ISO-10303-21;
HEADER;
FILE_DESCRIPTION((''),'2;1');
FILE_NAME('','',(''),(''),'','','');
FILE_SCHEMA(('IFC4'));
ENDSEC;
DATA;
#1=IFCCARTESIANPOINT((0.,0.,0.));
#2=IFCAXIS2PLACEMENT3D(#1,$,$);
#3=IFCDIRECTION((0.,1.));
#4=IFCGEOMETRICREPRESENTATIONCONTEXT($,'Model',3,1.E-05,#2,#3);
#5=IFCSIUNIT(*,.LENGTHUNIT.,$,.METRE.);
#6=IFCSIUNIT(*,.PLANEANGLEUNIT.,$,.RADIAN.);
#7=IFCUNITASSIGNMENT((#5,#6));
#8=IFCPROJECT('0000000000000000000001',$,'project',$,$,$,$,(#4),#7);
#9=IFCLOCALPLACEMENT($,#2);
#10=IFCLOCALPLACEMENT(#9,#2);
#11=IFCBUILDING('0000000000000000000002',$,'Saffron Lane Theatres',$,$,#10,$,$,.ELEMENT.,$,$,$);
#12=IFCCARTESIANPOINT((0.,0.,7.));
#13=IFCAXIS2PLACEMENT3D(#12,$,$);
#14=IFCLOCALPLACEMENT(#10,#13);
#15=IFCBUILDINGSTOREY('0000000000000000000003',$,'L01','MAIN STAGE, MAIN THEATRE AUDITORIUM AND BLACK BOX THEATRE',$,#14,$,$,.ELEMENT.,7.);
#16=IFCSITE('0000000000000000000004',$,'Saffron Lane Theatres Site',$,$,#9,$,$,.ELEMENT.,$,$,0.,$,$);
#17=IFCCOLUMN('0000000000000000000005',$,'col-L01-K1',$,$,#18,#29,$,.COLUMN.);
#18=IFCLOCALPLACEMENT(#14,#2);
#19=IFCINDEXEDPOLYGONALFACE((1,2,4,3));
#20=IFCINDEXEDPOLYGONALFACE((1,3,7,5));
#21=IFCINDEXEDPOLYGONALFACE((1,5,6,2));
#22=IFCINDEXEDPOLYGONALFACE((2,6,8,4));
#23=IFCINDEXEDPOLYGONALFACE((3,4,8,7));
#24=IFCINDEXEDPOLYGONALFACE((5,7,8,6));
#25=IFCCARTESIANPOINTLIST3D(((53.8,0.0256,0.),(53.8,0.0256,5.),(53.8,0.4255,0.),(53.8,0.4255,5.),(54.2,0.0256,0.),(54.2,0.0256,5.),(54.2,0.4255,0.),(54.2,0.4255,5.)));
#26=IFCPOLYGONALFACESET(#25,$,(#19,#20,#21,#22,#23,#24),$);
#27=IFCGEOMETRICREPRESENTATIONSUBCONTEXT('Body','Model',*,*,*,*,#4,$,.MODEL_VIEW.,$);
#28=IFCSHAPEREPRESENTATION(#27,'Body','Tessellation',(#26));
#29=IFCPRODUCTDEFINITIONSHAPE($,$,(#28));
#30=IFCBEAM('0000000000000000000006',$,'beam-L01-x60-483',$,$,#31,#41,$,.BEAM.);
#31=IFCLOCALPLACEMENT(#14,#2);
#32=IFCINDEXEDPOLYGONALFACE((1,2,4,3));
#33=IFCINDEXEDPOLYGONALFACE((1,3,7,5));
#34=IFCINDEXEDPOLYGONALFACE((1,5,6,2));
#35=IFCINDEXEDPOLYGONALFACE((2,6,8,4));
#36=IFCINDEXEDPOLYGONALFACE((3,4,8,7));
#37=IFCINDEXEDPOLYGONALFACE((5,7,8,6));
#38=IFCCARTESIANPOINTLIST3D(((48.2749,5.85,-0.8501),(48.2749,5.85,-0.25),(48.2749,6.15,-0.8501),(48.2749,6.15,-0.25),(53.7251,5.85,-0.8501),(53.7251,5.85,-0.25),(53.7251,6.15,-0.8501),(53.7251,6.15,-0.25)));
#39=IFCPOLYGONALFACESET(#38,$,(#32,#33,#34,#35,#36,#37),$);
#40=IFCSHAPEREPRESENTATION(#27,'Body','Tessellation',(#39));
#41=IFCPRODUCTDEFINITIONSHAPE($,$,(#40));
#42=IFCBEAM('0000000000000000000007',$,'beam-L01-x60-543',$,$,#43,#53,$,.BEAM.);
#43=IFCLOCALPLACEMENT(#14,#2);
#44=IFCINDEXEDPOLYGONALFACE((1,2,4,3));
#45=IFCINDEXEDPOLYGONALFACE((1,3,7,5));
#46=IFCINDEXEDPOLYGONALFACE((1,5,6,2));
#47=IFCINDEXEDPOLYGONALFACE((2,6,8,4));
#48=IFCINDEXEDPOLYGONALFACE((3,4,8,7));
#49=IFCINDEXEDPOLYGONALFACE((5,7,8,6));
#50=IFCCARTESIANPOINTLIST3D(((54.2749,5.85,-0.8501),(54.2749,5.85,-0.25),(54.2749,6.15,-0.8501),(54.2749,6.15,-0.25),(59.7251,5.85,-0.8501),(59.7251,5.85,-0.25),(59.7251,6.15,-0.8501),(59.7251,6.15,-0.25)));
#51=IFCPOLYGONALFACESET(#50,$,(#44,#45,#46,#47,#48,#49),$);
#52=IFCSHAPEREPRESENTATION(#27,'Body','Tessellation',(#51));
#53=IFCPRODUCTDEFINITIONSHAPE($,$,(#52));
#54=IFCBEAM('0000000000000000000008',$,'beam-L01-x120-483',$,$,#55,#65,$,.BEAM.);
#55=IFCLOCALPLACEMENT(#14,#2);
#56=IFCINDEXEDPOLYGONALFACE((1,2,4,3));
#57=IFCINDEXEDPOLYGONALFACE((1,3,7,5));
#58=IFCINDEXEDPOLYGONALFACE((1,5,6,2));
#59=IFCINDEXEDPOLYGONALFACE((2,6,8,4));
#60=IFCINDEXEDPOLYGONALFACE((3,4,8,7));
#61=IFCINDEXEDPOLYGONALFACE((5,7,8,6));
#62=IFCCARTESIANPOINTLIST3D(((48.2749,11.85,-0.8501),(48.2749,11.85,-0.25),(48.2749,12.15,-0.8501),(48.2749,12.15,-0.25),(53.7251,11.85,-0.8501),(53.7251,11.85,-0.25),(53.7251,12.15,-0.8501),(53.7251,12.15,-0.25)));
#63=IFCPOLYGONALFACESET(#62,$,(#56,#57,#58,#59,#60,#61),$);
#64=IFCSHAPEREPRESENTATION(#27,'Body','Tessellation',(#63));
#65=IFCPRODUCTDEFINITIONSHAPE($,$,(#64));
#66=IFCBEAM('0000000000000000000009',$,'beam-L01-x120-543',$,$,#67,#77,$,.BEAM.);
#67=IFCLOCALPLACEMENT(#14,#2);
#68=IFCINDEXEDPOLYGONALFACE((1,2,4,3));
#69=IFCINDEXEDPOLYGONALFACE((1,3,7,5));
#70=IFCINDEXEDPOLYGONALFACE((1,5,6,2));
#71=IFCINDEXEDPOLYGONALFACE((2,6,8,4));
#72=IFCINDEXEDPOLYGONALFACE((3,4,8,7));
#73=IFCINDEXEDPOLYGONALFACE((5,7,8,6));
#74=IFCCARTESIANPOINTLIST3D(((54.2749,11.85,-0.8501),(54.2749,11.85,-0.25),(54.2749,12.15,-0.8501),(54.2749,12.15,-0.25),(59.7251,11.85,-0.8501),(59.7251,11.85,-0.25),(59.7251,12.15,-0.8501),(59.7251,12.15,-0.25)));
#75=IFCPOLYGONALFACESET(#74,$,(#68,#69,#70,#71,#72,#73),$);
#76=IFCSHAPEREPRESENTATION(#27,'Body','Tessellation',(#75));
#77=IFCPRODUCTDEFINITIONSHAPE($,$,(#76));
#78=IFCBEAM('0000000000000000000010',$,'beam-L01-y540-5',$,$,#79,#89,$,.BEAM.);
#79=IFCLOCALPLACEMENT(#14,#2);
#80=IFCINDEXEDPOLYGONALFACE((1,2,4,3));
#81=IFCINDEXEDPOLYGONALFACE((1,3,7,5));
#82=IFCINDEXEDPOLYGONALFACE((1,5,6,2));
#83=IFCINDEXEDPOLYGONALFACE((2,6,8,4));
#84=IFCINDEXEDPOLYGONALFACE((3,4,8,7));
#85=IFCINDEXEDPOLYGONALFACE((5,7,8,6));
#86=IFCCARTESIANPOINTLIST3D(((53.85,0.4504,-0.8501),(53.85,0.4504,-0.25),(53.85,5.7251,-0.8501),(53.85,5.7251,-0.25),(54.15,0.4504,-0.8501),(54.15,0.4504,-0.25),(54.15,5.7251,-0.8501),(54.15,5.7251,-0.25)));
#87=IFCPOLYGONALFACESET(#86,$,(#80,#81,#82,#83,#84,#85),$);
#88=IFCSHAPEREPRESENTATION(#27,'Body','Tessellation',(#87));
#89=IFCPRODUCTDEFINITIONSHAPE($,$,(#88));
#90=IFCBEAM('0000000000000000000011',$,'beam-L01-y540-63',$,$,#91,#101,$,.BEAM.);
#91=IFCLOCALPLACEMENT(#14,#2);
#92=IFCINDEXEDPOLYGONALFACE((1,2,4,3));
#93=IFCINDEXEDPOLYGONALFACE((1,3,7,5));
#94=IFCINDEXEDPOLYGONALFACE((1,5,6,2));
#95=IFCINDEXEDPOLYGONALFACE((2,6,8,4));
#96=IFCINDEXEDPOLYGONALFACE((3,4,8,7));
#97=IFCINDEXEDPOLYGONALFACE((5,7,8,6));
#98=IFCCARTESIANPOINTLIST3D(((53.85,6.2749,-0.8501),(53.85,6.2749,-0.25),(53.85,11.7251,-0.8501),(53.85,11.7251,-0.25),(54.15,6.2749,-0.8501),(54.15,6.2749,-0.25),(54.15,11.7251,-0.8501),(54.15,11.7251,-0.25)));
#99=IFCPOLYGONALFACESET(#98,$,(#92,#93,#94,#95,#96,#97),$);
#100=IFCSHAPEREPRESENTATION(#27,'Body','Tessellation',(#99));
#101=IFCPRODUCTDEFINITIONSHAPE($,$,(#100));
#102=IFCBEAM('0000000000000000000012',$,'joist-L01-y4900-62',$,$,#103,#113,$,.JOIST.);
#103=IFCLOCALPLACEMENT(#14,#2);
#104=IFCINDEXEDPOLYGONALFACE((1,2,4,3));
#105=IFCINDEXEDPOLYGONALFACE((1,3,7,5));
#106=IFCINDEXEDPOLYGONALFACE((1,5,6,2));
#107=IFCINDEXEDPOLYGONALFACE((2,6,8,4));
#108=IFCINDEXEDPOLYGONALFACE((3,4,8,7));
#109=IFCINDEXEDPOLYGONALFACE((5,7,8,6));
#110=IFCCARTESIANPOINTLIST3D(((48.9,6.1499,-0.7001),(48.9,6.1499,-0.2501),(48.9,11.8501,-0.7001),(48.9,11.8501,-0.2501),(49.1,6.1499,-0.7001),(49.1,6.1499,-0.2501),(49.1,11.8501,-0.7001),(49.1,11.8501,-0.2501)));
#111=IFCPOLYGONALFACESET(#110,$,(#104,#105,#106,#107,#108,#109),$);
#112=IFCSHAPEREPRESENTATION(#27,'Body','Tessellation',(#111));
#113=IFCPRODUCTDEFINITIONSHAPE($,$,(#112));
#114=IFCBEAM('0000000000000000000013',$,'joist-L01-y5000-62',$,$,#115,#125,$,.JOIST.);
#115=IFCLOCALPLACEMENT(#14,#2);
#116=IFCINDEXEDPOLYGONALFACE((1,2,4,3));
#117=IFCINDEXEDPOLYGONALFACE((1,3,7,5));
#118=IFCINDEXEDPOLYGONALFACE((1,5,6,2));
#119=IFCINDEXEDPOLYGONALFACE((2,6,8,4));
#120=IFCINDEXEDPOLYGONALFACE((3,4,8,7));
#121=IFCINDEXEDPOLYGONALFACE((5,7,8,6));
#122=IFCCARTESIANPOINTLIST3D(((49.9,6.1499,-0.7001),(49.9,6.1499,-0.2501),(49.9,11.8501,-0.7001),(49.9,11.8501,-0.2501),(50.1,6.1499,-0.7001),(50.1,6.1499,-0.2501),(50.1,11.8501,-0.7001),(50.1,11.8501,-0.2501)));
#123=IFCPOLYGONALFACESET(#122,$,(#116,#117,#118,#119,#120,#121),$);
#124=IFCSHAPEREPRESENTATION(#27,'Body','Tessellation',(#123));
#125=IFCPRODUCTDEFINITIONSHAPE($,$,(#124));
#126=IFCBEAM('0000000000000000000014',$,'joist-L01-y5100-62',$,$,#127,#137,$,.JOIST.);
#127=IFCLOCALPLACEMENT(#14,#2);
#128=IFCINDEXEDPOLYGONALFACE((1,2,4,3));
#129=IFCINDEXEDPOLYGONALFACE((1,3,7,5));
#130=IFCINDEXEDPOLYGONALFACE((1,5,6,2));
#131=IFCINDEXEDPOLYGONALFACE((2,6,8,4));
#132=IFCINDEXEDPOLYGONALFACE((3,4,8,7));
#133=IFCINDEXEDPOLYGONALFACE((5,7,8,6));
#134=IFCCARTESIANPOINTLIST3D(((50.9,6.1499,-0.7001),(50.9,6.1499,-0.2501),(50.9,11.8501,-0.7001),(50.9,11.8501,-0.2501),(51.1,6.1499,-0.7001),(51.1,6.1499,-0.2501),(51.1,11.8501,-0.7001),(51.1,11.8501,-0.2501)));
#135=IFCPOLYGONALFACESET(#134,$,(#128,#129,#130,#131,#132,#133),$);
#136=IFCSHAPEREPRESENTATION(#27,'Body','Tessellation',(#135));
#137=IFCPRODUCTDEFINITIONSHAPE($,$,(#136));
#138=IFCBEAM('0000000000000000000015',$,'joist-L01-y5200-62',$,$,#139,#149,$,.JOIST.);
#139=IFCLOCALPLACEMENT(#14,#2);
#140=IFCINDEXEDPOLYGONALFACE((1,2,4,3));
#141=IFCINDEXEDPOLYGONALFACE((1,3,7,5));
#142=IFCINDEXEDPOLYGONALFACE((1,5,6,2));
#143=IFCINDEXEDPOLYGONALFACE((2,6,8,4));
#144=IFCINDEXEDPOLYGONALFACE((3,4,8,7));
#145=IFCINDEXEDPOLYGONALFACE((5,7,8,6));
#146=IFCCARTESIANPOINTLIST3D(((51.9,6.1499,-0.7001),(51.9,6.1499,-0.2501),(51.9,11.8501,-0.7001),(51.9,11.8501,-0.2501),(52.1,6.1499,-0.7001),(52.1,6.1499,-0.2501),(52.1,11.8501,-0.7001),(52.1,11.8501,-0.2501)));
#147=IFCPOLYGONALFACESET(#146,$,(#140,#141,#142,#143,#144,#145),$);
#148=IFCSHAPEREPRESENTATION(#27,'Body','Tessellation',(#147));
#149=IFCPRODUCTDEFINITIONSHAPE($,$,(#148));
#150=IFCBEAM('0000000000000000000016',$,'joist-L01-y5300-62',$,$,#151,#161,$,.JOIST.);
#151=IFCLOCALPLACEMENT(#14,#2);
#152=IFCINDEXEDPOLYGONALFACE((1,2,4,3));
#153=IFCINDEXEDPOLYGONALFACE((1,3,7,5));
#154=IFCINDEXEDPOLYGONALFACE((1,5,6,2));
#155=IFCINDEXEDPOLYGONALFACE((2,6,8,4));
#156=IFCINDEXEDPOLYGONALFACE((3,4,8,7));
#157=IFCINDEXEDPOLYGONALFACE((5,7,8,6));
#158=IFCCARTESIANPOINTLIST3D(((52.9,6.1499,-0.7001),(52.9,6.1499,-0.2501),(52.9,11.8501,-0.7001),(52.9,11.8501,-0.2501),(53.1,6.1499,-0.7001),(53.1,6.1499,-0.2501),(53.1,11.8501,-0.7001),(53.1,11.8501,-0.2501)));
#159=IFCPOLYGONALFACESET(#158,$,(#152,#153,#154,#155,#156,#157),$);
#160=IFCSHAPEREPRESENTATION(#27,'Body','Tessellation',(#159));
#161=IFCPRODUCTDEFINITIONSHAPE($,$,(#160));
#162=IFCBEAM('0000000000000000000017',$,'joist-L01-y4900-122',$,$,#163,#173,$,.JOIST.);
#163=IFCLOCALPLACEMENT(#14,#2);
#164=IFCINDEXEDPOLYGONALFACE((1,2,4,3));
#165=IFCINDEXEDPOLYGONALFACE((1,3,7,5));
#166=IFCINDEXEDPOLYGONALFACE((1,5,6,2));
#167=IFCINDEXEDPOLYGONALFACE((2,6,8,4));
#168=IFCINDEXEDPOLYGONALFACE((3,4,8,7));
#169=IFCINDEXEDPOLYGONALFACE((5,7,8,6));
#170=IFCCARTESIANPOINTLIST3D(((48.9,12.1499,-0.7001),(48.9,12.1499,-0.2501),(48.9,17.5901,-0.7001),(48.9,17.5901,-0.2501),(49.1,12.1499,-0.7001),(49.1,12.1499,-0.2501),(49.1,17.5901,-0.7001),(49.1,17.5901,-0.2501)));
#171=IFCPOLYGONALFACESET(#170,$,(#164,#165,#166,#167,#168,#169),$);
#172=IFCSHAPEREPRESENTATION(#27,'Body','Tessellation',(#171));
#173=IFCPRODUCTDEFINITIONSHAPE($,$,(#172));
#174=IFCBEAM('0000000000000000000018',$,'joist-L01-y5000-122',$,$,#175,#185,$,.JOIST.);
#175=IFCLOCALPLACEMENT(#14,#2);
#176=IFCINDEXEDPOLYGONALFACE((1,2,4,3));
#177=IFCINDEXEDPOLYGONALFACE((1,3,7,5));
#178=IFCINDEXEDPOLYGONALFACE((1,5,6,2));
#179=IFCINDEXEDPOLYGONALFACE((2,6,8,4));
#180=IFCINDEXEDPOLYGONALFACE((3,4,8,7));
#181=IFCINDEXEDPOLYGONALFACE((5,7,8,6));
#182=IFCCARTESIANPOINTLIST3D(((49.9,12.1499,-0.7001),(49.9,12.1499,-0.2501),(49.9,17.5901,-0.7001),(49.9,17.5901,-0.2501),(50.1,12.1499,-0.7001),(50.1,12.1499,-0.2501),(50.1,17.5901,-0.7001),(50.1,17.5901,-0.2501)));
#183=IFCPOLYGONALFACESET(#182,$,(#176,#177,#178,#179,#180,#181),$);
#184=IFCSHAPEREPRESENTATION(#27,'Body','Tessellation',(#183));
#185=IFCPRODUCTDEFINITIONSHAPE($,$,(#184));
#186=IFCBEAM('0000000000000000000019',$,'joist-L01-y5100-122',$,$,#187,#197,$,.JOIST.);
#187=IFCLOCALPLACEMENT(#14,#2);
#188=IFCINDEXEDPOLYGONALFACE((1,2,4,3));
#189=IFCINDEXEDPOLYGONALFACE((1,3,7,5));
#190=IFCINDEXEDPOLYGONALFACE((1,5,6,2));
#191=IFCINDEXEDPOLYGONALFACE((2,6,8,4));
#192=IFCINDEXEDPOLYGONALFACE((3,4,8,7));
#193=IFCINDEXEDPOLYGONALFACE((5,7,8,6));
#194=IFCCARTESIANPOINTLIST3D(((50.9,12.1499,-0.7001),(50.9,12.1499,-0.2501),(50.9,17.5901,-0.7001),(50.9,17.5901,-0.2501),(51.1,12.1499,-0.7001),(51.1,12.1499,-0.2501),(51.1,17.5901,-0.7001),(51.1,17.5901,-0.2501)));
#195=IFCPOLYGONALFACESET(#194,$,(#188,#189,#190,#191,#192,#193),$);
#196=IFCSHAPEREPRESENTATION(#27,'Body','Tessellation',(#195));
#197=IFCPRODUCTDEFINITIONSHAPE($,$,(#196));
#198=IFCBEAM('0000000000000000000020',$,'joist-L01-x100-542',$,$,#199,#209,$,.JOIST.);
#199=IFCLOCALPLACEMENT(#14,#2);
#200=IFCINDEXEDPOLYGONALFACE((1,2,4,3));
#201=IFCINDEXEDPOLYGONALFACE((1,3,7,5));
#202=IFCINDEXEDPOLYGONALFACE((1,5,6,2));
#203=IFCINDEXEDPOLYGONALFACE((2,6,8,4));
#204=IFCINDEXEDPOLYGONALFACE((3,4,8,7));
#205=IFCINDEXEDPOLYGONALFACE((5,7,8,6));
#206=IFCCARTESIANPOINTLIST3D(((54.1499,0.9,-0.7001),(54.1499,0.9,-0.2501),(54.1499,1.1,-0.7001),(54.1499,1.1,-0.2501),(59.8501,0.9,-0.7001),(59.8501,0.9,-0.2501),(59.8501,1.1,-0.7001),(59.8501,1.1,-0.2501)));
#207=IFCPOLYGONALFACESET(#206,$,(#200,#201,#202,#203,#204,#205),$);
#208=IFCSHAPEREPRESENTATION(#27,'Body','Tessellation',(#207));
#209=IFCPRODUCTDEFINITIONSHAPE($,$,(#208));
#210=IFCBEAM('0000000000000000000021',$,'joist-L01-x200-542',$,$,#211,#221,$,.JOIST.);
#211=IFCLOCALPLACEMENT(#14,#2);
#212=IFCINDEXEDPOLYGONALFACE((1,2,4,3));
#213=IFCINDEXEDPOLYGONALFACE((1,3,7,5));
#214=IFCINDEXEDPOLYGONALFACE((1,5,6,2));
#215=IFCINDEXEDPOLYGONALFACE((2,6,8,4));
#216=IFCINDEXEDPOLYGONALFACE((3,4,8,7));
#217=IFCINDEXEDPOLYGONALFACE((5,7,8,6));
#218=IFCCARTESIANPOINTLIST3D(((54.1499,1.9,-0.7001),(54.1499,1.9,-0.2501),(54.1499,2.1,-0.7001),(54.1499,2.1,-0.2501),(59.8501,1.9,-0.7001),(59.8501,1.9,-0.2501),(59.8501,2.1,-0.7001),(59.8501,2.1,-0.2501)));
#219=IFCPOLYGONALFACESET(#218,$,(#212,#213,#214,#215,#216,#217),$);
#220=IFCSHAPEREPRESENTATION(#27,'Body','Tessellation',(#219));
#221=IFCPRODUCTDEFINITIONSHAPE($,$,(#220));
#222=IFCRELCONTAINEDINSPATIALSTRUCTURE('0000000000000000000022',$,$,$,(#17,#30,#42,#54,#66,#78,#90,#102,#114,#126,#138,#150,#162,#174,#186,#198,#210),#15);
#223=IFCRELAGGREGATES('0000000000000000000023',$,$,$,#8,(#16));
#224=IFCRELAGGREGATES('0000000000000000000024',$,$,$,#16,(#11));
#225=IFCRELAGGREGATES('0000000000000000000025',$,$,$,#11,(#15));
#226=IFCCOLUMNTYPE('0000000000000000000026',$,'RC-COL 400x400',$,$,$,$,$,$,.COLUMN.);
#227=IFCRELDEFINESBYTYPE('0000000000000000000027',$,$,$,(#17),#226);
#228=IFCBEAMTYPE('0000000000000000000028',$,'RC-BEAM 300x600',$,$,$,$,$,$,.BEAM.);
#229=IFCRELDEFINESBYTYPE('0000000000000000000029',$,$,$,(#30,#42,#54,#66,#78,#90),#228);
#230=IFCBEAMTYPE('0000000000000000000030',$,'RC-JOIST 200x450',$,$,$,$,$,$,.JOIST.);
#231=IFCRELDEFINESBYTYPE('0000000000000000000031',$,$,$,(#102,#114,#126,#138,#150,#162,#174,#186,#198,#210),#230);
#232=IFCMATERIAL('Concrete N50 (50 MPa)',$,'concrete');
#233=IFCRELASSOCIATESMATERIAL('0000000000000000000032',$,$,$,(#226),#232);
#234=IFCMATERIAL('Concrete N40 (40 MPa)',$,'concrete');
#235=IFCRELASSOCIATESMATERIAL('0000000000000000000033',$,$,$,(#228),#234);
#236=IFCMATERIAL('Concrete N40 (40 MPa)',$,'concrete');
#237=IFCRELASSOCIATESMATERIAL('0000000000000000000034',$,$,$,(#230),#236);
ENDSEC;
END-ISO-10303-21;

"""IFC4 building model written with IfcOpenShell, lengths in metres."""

from ifc_helpers import new_model, si_unit, direction, frame, origin, origin_2d, place, context, subcontext, project, spatial, rectangle, extrude, material, material_profile, profile_set, type_object, element, save


model = new_model("IFC4")

# Units and contexts
model_context = context("Model", 3, precision=1e-05, world=origin(), true_north=direction((0.0, 1.0)))
body_context = subcontext(model_context, "Body", "Model", "MODEL_VIEW")
ifc_project = project(units=[si_unit("LENGTHUNIT", "METRE"), si_unit("PLANEANGLEUNIT", "RADIAN")], contexts=[model_context])

# Site, building, storey
site_placement = place(None, origin())
site = spatial("IfcSite", under=ifc_project, at=site_placement, Name="Saffron Lane Theatres Site", CompositionType="ELEMENT", RefElevation=0.0)
building_placement = place(site_placement, origin())
building = spatial("IfcBuilding", under=site, at=building_placement, Name="Saffron Lane Theatres", CompositionType="ELEMENT")
storey_placement = place(building_placement, frame((0.0, 0.0, 7.0)))
storey = spatial("IfcBuildingStorey", under=building, at=storey_placement, Name="L01", Description="MAIN STAGE, MAIN THEATRE AUDITORIUM AND BLACK BOX THEATRE", CompositionType="ELEMENT", Elevation=7.0)

# Column
ifc_material_1 = material(Name="Concrete N50 (50 MPa)", Category="concrete")
ifc_material_profile_1 = material_profile(ifc_material_1, rectangle(XDim=0.3999, YDim=0.3999, at=origin_2d()))
ifc_profile_set_1 = profile_set([ifc_material_profile_1], Name="Concrete N50 (50 MPa)")
column_type = type_object("IfcColumnType", Name="RC-COL 400x400", PredefinedType="COLUMN", material=ifc_profile_set_1)
column_placement = place(storey_placement, frame((54.0, 0.2256, 0.0), z_axis=(0.0, 0.0, 1.0), x_axis=(1.0, 0.0, 0.0)))
element("IfcColumn", 1, at=column_placement, inside=storey, type_object=column_type, Name="col-L01-K1", PredefinedType="COLUMN", context=body_context, shape_type="SweptSolid", body=[
    extrude(rectangle(XDim=0.3999, YDim=0.3999, at=origin_2d()), origin(), (0.0, 0.0, 1.0), 5.0),
])

# Beams
ifc_material_2 = material(Name="Concrete N40 (40 MPa)", Category="concrete")
ifc_material_profile_2 = material_profile(ifc_material_2, rectangle(XDim=0.3, YDim=0.6001, at=origin_2d()))
ifc_profile_set_2 = profile_set([ifc_material_profile_2], Name="Concrete N40 (40 MPa)")
beam_type_1 = type_object("IfcBeamType", Name="RC-BEAM 300x600", PredefinedType="BEAM", material=ifc_profile_set_2)
for number, where, z_axis, x_axis, name in (
    (2, (48.2749, 6.0, -0.55), (1.0, 0.0, 0.0), (0.0, 1.0, 0.0), "beam-L01-x60-483"),
    (3, (54.2749, 6.0, -0.55), (1.0, 0.0, 0.0), (0.0, 1.0, 0.0), "beam-L01-x60-543"),
    (4, (48.2749, 12.0, -0.55), (1.0, 0.0, 0.0), (0.0, 1.0, 0.0), "beam-L01-x120-483"),
    (5, (54.2749, 12.0, -0.55), (1.0, 0.0, 0.0), (0.0, 1.0, 0.0), "beam-L01-x120-543"),
):
    element("IfcBeam", number, at=place(storey_placement, frame(where, z_axis=z_axis, x_axis=x_axis)), inside=storey, type_object=beam_type_1, Name=name, PredefinedType="BEAM", context=body_context, shape_type="SweptSolid", body=[
        extrude(rectangle(XDim=0.3, YDim=0.6001, at=origin_2d()), origin(), (0.0, 0.0, 1.0), 5.4502),
    ])
beam_1_placement = place(storey_placement, frame((54.0, 0.4504, -0.55), z_axis=(0.0, 1.0, 0.0), x_axis=(-1.0, 0.0, 0.0)))
element("IfcBeam", 6, at=beam_1_placement, inside=storey, type_object=beam_type_1, Name="beam-L01-y540-5", PredefinedType="BEAM", context=body_context, shape_type="SweptSolid", body=[
    extrude(rectangle(XDim=0.3, YDim=0.6001, at=origin_2d()), origin(), (0.0, 0.0, 1.0), 5.2747),
])
beam_2_placement = place(storey_placement, frame((54.0, 6.2749, -0.55), z_axis=(0.0, 1.0, 0.0), x_axis=(-1.0, 0.0, 0.0)))
element("IfcBeam", 7, at=beam_2_placement, inside=storey, type_object=beam_type_1, Name="beam-L01-y540-63", PredefinedType="BEAM", context=body_context, shape_type="SweptSolid", body=[
    extrude(rectangle(XDim=0.3, YDim=0.6001, at=origin_2d()), origin(), (0.0, 0.0, 1.0), 5.4502),
])
ifc_material_3 = material(Name="Concrete N40 (40 MPa)", Category="concrete")
ifc_material_profile_3 = material_profile(ifc_material_3, rectangle(XDim=0.2, YDim=0.45, at=origin_2d()))
ifc_profile_set_3 = profile_set([ifc_material_profile_3], Name="Concrete N40 (40 MPa)")
beam_type_2 = type_object("IfcBeamType", Name="RC-JOIST 200x450", PredefinedType="JOIST", material=ifc_profile_set_3)
for number, where, z_axis, x_axis, name in (
    (8, (49.0, 6.1499, -0.4751), (0.0, 1.0, 0.0), (-1.0, 0.0, 0.0), "joist-L01-y4900-62"),
    (9, (50.0, 6.1499, -0.4751), (0.0, 1.0, 0.0), (-1.0, 0.0, 0.0), "joist-L01-y5000-62"),
    (10, (51.0, 6.1499, -0.4751), (0.0, 1.0, 0.0), (-1.0, 0.0, 0.0), "joist-L01-y5100-62"),
    (11, (52.0, 6.1499, -0.4751), (0.0, 1.0, 0.0), (-1.0, 0.0, 0.0), "joist-L01-y5200-62"),
    (12, (53.0, 6.1499, -0.4751), (0.0, 1.0, 0.0), (-1.0, 0.0, 0.0), "joist-L01-y5300-62"),
):
    element("IfcBeam", number, at=place(storey_placement, frame(where, z_axis=z_axis, x_axis=x_axis)), inside=storey, type_object=beam_type_2, Name=name, PredefinedType="JOIST", context=body_context, shape_type="SweptSolid", body=[
        extrude(rectangle(XDim=0.2, YDim=0.45, at=origin_2d()), origin(), (0.0, 0.0, 1.0), 5.7002),
    ])
for number, where, z_axis, x_axis, name in (
    (13, (49.0, 12.1499, -0.4751), (0.0, 1.0, 0.0), (-1.0, 0.0, 0.0), "joist-L01-y4900-122"),
    (14, (50.0, 12.1499, -0.4751), (0.0, 1.0, 0.0), (-1.0, 0.0, 0.0), "joist-L01-y5000-122"),
    (15, (51.0, 12.1499, -0.4751), (0.0, 1.0, 0.0), (-1.0, 0.0, 0.0), "joist-L01-y5100-122"),
):
    element("IfcBeam", number, at=place(storey_placement, frame(where, z_axis=z_axis, x_axis=x_axis)), inside=storey, type_object=beam_type_2, Name=name, PredefinedType="JOIST", context=body_context, shape_type="SweptSolid", body=[
        extrude(rectangle(XDim=0.2, YDim=0.45, at=origin_2d()), origin(), (0.0, 0.0, 1.0), 5.4402),
    ])
for number, where, z_axis, x_axis, name in (
    (16, (54.1499, 1.0, -0.4751), (1.0, 0.0, 0.0), (0.0, 1.0, 0.0), "joist-L01-x100-542"),
    (17, (54.1499, 2.0, -0.4751), (1.0, 0.0, 0.0), (0.0, 1.0, 0.0), "joist-L01-x200-542"),
):
    element("IfcBeam", number, at=place(storey_placement, frame(where, z_axis=z_axis, x_axis=x_axis)), inside=storey, type_object=beam_type_2, Name=name, PredefinedType="JOIST", context=body_context, shape_type="SweptSolid", body=[
        extrude(rectangle(XDim=0.2, YDim=0.45, at=origin_2d()), origin(), (0.0, 0.0, 1.0), 5.7002),
    ])

save(model, "model.ifc")
